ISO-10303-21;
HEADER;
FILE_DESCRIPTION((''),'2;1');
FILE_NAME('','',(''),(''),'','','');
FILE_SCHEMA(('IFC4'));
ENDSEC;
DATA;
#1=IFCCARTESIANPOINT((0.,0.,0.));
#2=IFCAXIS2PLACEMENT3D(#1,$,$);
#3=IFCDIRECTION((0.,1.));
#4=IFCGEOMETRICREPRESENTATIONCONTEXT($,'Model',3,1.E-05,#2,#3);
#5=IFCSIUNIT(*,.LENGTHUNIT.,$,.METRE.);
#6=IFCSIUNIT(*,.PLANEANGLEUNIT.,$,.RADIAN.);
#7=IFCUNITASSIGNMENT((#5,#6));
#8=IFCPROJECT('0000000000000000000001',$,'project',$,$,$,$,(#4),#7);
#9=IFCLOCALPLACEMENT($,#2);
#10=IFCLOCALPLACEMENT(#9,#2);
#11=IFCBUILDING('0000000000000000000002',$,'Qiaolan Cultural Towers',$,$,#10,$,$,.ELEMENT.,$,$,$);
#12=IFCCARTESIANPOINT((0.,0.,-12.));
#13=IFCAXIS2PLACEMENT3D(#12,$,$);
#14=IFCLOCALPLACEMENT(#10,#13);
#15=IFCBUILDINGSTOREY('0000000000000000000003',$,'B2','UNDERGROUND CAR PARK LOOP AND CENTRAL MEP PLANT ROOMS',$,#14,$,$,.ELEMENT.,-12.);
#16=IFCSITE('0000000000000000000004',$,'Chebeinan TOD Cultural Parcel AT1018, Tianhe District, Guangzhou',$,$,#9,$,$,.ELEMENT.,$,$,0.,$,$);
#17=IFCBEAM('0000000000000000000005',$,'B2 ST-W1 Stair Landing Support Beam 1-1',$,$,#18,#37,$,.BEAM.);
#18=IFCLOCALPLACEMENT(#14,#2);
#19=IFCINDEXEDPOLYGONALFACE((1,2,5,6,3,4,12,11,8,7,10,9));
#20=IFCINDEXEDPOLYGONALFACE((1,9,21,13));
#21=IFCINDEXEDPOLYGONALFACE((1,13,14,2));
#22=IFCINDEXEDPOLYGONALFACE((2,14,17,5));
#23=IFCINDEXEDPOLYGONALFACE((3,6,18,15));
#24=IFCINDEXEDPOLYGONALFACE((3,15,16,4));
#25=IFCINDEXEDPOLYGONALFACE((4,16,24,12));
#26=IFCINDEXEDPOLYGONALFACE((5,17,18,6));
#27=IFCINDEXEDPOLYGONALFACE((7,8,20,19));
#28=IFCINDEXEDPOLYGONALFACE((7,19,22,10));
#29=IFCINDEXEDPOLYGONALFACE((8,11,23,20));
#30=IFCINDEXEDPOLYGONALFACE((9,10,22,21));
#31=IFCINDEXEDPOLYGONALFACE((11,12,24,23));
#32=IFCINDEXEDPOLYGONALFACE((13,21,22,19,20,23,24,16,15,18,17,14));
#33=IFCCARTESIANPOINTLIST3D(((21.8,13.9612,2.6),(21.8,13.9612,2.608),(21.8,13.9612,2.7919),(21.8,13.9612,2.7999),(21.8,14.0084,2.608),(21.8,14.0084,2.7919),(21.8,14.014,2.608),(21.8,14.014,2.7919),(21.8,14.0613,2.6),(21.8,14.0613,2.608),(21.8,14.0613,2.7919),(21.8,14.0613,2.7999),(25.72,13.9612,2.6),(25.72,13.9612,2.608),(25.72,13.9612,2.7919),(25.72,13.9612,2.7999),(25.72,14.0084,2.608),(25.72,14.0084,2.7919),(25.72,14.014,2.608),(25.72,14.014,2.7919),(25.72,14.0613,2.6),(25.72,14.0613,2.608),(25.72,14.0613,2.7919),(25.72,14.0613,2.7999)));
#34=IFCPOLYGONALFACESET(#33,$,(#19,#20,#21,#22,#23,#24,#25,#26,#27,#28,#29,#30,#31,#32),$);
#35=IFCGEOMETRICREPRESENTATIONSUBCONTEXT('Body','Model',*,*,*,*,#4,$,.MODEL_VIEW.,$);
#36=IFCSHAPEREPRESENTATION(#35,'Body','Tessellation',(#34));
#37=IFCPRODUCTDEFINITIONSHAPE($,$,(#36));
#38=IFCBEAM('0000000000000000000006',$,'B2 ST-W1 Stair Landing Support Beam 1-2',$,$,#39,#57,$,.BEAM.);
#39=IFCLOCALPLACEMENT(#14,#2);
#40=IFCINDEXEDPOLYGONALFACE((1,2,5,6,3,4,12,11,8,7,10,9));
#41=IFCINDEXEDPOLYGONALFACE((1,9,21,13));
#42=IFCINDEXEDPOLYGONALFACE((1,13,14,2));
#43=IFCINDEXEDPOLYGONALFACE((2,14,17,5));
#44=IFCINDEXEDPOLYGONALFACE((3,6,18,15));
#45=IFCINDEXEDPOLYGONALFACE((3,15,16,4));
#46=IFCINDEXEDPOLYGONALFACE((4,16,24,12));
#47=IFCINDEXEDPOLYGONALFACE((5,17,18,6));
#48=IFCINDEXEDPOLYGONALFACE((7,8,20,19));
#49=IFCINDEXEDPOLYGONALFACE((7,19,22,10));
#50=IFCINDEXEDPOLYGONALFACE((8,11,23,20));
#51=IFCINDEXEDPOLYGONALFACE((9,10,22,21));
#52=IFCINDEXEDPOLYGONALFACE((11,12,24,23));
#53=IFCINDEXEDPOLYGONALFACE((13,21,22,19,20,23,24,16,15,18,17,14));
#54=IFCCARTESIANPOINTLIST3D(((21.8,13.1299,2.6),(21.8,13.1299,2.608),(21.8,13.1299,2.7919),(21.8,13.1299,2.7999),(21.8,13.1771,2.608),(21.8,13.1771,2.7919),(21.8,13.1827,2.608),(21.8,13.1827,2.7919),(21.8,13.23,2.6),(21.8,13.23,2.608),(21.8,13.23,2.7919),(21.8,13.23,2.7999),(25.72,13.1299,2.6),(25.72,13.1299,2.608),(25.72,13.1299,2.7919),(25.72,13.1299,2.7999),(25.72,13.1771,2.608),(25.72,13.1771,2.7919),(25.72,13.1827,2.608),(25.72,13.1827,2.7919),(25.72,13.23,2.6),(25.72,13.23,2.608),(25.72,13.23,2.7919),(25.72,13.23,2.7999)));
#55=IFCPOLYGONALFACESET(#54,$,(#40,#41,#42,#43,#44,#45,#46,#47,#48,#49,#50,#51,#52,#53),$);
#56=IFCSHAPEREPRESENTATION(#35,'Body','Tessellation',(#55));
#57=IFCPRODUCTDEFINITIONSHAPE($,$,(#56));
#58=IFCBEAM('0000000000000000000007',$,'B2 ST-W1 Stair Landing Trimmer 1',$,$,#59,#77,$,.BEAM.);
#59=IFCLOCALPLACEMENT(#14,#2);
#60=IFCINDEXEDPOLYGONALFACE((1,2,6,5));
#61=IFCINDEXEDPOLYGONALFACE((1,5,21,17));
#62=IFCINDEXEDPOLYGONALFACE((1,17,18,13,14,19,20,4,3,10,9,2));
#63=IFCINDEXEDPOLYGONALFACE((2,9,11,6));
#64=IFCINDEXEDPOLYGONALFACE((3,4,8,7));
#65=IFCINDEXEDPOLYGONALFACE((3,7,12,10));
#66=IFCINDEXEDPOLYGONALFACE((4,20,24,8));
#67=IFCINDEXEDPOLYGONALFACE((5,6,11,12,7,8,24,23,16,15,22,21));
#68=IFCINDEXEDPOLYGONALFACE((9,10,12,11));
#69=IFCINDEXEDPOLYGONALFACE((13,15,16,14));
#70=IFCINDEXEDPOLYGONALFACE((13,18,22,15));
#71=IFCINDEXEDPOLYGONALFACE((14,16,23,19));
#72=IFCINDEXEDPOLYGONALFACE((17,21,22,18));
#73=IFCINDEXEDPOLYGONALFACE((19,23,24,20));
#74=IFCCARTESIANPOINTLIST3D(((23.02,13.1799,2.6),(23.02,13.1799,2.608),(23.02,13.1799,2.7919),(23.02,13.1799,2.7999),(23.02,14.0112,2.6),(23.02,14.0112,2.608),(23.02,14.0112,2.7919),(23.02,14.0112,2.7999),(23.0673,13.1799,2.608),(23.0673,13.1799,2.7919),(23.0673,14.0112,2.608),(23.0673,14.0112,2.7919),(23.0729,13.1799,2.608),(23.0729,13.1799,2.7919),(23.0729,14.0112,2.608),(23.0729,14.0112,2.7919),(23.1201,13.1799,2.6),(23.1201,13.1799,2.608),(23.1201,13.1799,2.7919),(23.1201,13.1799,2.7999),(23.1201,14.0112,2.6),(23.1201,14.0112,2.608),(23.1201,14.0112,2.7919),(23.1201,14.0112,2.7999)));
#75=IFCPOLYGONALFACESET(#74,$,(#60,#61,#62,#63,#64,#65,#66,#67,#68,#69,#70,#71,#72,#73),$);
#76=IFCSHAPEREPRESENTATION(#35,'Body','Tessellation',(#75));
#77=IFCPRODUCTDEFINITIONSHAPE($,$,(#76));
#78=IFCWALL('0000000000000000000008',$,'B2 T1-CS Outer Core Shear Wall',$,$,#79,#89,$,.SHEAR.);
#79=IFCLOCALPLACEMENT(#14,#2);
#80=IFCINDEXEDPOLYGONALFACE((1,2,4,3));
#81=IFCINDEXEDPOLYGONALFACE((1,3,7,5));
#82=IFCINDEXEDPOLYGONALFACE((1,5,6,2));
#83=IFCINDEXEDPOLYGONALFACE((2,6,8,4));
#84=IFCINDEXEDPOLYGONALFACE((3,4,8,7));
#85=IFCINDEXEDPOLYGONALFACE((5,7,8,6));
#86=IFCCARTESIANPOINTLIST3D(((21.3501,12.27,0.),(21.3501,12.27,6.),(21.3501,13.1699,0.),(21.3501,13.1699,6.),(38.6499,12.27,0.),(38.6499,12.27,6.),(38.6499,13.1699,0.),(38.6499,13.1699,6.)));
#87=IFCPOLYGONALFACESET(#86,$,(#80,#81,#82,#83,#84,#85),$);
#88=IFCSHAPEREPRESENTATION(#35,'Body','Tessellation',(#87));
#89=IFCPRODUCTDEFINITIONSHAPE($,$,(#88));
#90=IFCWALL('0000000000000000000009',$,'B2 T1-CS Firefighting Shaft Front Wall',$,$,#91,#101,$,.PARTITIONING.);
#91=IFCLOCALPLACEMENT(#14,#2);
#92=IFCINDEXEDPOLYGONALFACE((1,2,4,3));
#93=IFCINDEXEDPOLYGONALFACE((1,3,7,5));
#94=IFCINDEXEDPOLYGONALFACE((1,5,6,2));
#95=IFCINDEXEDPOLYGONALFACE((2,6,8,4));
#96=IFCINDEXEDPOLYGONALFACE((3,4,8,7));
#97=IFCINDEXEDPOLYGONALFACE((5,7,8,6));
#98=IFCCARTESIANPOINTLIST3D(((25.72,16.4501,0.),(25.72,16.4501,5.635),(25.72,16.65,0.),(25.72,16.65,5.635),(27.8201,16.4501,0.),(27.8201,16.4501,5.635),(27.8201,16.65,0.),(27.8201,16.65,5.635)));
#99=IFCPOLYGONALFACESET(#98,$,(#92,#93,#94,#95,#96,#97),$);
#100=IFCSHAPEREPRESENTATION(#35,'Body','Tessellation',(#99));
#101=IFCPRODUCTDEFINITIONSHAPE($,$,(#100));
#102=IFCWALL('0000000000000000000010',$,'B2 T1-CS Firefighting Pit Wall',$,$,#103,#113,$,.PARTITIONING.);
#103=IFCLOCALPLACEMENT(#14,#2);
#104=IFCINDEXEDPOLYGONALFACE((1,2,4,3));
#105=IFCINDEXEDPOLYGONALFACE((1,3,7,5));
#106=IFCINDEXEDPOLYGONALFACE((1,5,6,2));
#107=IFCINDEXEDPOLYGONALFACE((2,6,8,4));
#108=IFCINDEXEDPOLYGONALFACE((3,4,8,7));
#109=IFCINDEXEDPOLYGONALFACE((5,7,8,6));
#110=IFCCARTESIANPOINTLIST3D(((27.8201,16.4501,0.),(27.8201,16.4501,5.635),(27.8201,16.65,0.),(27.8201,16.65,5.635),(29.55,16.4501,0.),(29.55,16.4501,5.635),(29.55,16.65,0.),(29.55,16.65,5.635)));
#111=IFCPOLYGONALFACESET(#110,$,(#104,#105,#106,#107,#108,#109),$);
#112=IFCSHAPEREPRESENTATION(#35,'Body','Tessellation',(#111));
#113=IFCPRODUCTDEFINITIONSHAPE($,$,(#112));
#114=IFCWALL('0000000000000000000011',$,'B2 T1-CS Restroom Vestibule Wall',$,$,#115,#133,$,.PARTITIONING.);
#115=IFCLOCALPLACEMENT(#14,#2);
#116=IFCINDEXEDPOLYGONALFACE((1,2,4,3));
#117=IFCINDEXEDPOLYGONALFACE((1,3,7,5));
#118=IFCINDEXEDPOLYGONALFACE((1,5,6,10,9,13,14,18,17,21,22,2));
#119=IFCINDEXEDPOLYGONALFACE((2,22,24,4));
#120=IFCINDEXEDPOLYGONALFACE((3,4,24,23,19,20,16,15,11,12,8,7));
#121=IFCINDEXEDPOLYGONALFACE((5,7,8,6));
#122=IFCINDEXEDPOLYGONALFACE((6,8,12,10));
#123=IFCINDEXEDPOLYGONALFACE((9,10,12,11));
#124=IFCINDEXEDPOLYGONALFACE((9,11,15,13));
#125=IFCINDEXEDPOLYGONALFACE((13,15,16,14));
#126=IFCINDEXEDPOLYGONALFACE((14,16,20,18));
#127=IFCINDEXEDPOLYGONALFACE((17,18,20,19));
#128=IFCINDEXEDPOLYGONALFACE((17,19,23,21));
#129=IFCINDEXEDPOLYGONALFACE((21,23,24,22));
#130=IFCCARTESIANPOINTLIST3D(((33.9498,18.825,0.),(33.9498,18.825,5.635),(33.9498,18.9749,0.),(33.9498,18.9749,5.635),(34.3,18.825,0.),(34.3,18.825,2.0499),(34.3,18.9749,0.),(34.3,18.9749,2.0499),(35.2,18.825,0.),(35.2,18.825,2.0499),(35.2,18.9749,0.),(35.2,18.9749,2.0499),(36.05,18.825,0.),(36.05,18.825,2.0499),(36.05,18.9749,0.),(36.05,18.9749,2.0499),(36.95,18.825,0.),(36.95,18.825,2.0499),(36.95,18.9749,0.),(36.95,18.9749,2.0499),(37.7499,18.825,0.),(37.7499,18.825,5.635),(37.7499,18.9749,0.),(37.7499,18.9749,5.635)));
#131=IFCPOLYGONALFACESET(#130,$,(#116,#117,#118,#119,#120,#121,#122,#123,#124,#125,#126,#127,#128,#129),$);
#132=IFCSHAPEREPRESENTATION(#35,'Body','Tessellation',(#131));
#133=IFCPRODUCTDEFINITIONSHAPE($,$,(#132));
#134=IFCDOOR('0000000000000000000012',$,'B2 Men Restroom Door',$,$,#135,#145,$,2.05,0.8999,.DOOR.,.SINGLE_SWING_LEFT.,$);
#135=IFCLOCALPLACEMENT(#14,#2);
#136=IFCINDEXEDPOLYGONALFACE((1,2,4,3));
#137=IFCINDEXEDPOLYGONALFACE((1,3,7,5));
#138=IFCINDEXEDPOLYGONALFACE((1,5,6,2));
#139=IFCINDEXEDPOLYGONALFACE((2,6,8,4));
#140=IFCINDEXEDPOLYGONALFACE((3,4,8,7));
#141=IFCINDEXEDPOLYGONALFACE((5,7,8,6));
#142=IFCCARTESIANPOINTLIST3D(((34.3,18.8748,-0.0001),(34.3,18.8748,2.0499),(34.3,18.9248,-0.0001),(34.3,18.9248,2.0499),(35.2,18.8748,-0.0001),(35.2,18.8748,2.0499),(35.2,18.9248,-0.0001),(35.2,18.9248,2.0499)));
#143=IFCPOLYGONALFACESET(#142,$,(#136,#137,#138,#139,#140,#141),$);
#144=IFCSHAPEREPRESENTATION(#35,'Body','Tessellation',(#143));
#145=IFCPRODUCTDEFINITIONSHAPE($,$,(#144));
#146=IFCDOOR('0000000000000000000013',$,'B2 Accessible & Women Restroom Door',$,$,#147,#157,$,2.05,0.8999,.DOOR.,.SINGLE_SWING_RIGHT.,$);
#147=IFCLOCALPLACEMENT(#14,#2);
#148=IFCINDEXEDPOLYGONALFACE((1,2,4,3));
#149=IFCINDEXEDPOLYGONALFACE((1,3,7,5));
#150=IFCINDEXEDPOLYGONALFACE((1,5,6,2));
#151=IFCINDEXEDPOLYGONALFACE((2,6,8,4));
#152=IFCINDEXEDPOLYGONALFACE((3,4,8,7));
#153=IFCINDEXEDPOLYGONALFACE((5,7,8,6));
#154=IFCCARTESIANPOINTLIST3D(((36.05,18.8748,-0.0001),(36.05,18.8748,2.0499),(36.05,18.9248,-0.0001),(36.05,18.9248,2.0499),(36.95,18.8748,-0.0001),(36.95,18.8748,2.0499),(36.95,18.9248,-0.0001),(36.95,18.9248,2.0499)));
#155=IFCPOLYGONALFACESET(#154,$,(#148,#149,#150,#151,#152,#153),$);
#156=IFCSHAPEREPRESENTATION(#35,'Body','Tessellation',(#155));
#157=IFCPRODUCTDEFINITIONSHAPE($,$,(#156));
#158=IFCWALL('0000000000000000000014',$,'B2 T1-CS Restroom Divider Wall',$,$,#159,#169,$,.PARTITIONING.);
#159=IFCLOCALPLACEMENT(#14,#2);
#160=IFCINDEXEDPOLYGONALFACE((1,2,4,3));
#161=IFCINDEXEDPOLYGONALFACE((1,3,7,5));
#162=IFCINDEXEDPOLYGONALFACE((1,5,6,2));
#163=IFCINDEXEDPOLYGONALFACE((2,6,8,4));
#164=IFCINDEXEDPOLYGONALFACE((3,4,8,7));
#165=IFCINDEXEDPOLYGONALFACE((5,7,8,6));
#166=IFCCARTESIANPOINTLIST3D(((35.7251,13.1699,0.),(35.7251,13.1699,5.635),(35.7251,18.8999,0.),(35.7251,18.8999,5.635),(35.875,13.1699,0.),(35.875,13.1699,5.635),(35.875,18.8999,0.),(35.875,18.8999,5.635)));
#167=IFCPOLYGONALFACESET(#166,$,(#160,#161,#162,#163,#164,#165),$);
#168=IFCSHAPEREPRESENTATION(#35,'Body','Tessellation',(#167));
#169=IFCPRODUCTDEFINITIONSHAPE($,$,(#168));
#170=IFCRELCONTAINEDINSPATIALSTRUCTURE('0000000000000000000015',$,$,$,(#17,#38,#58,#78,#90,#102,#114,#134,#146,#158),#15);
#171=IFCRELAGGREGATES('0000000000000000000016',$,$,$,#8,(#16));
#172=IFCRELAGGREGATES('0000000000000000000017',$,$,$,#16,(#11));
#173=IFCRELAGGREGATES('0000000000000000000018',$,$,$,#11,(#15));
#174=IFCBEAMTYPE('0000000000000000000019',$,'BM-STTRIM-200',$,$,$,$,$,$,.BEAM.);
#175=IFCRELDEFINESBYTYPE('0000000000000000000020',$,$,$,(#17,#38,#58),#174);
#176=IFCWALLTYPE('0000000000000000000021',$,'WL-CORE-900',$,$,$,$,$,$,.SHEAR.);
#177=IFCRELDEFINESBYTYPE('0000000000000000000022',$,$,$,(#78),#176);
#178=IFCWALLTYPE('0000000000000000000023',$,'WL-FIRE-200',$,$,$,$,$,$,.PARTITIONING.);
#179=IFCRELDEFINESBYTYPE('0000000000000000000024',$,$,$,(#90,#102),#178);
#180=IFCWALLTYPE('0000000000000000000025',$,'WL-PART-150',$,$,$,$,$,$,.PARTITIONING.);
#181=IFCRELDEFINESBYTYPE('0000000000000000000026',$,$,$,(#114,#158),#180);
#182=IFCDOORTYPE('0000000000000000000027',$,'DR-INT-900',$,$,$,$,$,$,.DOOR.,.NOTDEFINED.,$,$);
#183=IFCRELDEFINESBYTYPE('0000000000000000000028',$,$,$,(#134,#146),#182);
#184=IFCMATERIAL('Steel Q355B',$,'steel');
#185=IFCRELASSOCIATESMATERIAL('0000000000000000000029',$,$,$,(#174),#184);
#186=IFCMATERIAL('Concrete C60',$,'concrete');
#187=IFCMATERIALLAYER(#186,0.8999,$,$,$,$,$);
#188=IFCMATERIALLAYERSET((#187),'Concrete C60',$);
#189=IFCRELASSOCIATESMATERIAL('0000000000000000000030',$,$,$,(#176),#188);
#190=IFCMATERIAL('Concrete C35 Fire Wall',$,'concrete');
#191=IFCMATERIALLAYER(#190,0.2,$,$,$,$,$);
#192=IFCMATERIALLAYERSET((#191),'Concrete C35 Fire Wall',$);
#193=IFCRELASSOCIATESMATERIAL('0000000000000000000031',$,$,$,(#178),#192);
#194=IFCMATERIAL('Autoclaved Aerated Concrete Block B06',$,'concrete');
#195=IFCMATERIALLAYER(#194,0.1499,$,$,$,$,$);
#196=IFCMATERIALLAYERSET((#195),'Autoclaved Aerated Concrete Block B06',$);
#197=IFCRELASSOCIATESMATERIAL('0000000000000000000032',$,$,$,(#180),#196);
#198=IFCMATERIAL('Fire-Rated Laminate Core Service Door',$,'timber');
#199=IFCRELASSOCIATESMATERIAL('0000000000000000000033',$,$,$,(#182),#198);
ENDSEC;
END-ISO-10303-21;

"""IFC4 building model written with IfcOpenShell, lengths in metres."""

from ifc_helpers import new_model, si_unit, direction, frame, frame_2d, origin, origin_2d, place, context, subcontext, project, spatial, rectangle, i_section, extrude, material, layer, layer_set, material_profile, profile_set, type_object, element, fill, save


model = new_model("IFC4")

# Units and contexts
model_context = context("Model", 3, precision=1e-05, world=origin(), true_north=direction((0.0, 1.0)))
body_context = subcontext(model_context, "Body", "Model", "MODEL_VIEW")
ifc_project = project(units=[si_unit("LENGTHUNIT", "METRE"), si_unit("PLANEANGLEUNIT", "RADIAN")], contexts=[model_context])

# Site, building, storey
site_placement = place(None, origin())
site = spatial("IfcSite", under=ifc_project, at=site_placement, Name="Chebeinan TOD Cultural Parcel AT1018, Tianhe District, Guangzhou", CompositionType="ELEMENT", RefElevation=0.0)
building_placement = place(site_placement, origin())
building = spatial("IfcBuilding", under=site, at=building_placement, Name="Qiaolan Cultural Towers", CompositionType="ELEMENT")
storey_placement = place(building_placement, frame((0.0, 0.0, -12.0)))
storey = spatial("IfcBuildingStorey", under=building, at=storey_placement, Name="B2", Description="UNDERGROUND CAR PARK LOOP AND CENTRAL MEP PLANT ROOMS", CompositionType="ELEMENT", Elevation=-12.0)

# Beams
ifc_material_1 = material(Name="Steel Q355B", Category="steel")
ifc_material_profile_1 = material_profile(ifc_material_1, i_section(OverallWidth=0.1001, OverallDepth=0.2, WebThickness=0.0056, FlangeThickness=0.0081, at=origin_2d()), Name="HN200x100x5.5x8")
ifc_profile_set_1 = profile_set([ifc_material_profile_1], Name="Steel Q355B")
beam_type_1 = type_object("IfcBeamType", Name="BM-STTRIM-200", PredefinedType="BEAM", material=ifc_profile_set_1)
for number, where, z_axis, x_axis, name in (
    (1, (21.8, 14.0112, 2.7), (1.0, 0.0, 0.0), (0.0, 1.0, 0.0), "B2 ST-W1 Stair Landing Support Beam 1-1"),
    (2, (21.8, 13.1799, 2.7), (1.0, 0.0, 0.0), (0.0, 1.0, 0.0), "B2 ST-W1 Stair Landing Support Beam 1-2"),
):
    element("IfcBeam", number, at=place(storey_placement, frame(where, z_axis=z_axis, x_axis=x_axis)), inside=storey, type_object=beam_type_1, Name=name, PredefinedType="BEAM", context=body_context, shape_type="SweptSolid", body=[
        extrude(i_section(OverallWidth=0.1001, OverallDepth=0.2, WebThickness=0.0056, FlangeThickness=0.0081, at=origin_2d()), origin(), (0.0, 0.0, 1.0), 3.9199),
    ])
beam_1_placement = place(storey_placement, frame((23.0701, 14.0112, 2.7), z_axis=(0.0, -1.0, 0.0), x_axis=(1.0, 0.0, 0.0)))
element("IfcBeam", 3, at=beam_1_placement, inside=storey, type_object=beam_type_1, Name="B2 ST-W1 Stair Landing Trimmer 1", PredefinedType="BEAM", context=body_context, shape_type="SweptSolid", body=[
    extrude(i_section(OverallWidth=0.1001, OverallDepth=0.2, WebThickness=0.0056, FlangeThickness=0.0081, at=origin_2d()), origin(), (0.0, 0.0, 1.0), 0.8313),
])

# Walls
ifc_material_2 = material(Name="Concrete C60", Category="concrete")
ifc_layer_1 = layer(ifc_material_2, 0.8999)
ifc_layer_set_1 = layer_set([ifc_layer_1], Name="Concrete C60")
wall_type_1 = type_object("IfcWallType", Name="WL-CORE-900", PredefinedType="SHEAR", material=ifc_layer_set_1)
wall_1_placement = place(storey_placement, frame((21.3501, 12.72, 0.0), z_axis=(0.0, 0.0, 1.0), x_axis=(1.0, 0.0, 0.0)))
element("IfcWall", 4, at=wall_1_placement, inside=storey, type_object=wall_type_1, Name="B2 T1-CS Outer Core Shear Wall", PredefinedType="SHEAR", context=body_context, shape_type="SweptSolid", body=[
    extrude(rectangle(XDim=17.2998, YDim=0.8999, at=frame_2d((8.6499, 0.0))), origin(), (0.0, 0.0, 1.0), 6.0),
])
ifc_material_3 = material(Name="Concrete C35 Fire Wall", Category="concrete")
ifc_layer_2 = layer(ifc_material_3, 0.2)
ifc_layer_set_2 = layer_set([ifc_layer_2], Name="Concrete C35 Fire Wall")
wall_type_2 = type_object("IfcWallType", Name="WL-FIRE-200", PredefinedType="PARTITIONING", material=ifc_layer_set_2)
wall_2_placement = place(storey_placement, frame((25.72, 16.55, 0.0), z_axis=(0.0, 0.0, 1.0), x_axis=(1.0, 0.0, 0.0)))
element("IfcWall", 5, at=wall_2_placement, inside=storey, type_object=wall_type_2, Name="B2 T1-CS Firefighting Shaft Front Wall", PredefinedType="PARTITIONING", context=body_context, shape_type="SweptSolid", body=[
    extrude(rectangle(XDim=2.1001, YDim=0.2, at=frame_2d((1.05, 0.0))), origin(), (0.0, 0.0, 1.0), 5.635),
])
wall_3_placement = place(storey_placement, frame((27.8201, 16.55, 0.0), z_axis=(0.0, 0.0, 1.0), x_axis=(1.0, 0.0, 0.0)))
element("IfcWall", 6, at=wall_3_placement, inside=storey, type_object=wall_type_2, Name="B2 T1-CS Firefighting Pit Wall", PredefinedType="PARTITIONING", context=body_context, shape_type="SweptSolid", body=[
    extrude(rectangle(XDim=1.73, YDim=0.2, at=frame_2d((0.865, 0.0))), origin(), (0.0, 0.0, 1.0), 5.635),
])

# Wall, openings, doors
ifc_material_4 = material(Name="Autoclaved Aerated Concrete Block B06", Category="concrete")
ifc_layer_3 = layer(ifc_material_4, 0.1499)
ifc_layer_set_3 = layer_set([ifc_layer_3], Name="Autoclaved Aerated Concrete Block B06")
wall_type_3 = type_object("IfcWallType", Name="WL-PART-150", PredefinedType="PARTITIONING", material=ifc_layer_set_3)
wall_4_placement = place(storey_placement, frame((33.95, 18.8999, 0.0), z_axis=(0.0, 0.0, 1.0), x_axis=(1.0, 0.0, 0.0)))
wall_4 = element("IfcWall", 7, at=wall_4_placement, inside=storey, type_object=wall_type_3, Name="B2 T1-CS Restroom Vestibule Wall", PredefinedType="PARTITIONING", context=body_context, shape_type="SweptSolid", body=[
    extrude(rectangle(XDim=3.8, YDim=0.1499, at=frame_2d((1.8999, 0.0))), origin(), (0.0, 0.0, 1.0), 5.635),
])
opening_1_placement = place(wall_4_placement, frame((0.3501, 0.0, 0.0)))
opening_1 = element("IfcOpeningElement", 8, at=opening_1_placement, cuts=wall_4, PredefinedType="OPENING", context=body_context, shape_type="SweptSolid", body=[
    extrude(rectangle(XDim=0.8999, YDim=2.05, at=frame_2d((0.45, 1.0249))), frame((0.0, 0.085, 0.0), z_axis=(0.0, -1.0, 0.0), x_axis=(1.0, 0.0, 0.0)), (0.0, 0.0, 1.0), 0.1699),
])
opening_2_placement = place(wall_4_placement, frame((2.1001, 0.0, 0.0)))
opening_2 = element("IfcOpeningElement", 9, at=opening_2_placement, cuts=wall_4, PredefinedType="OPENING", context=body_context, shape_type="SweptSolid", body=[
    extrude(rectangle(XDim=0.8999, YDim=2.05, at=frame_2d((0.45, 1.0249))), frame((0.0, 0.085, 0.0), z_axis=(0.0, -1.0, 0.0), x_axis=(1.0, 0.0, 0.0)), (0.0, 0.0, 1.0), 0.1699),
])
ifc_material_5 = material(Name="Fire-Rated Laminate Core Service Door", Category="timber")
door_type = type_object("IfcDoorType", Name="DR-INT-900", OperationType="NOTDEFINED", PredefinedType="DOOR", material=ifc_material_5)
door_1_placement = place(opening_1_placement, origin())
door_1 = element("IfcDoor", 10, at=door_1_placement, inside=storey, type_object=door_type, Name="B2 Men Restroom Door", OperationType="SINGLE_SWING_LEFT", OverallHeight=2.05, OverallWidth=0.8999, PredefinedType="DOOR", context=body_context, shape_type="SweptSolid", body=[
    extrude(rectangle(XDim=0.8999, YDim=2.05, at=frame_2d((0.45, 1.0249))), frame((0.0, 0.0249, 0.0), z_axis=(0.0, -1.0, 0.0), x_axis=(1.0, 0.0, 0.0)), (0.0, 0.0, 1.0), 0.05),
])
fill(opening_1, door_1)
door_2_placement = place(opening_2_placement, origin())
door_2 = element("IfcDoor", 11, at=door_2_placement, inside=storey, type_object=door_type, Name="B2 Accessible & Women Restroom Door", OperationType="SINGLE_SWING_RIGHT", OverallHeight=2.05, OverallWidth=0.8999, PredefinedType="DOOR", context=body_context, shape_type="SweptSolid", body=[
    extrude(rectangle(XDim=0.8999, YDim=2.05, at=frame_2d((0.45, 1.0249))), frame((0.0, 0.0249, 0.0), z_axis=(0.0, -1.0, 0.0), x_axis=(1.0, 0.0, 0.0)), (0.0, 0.0, 1.0), 0.05),
])
fill(opening_2, door_2)

# Wall
wall_5_placement = place(storey_placement, frame((35.8, 18.8999, 0.0), z_axis=(0.0, 0.0, 1.0), x_axis=(0.0, -1.0, 0.0)))
element("IfcWall", 12, at=wall_5_placement, inside=storey, type_object=wall_type_3, Name="B2 T1-CS Restroom Divider Wall", PredefinedType="PARTITIONING", context=body_context, shape_type="SweptSolid", body=[
    extrude(rectangle(XDim=5.73, YDim=0.1499, at=frame_2d((2.865, 0.0))), origin(), (0.0, 0.0, 1.0), 5.635),
])

save(model, "model.ifc")
